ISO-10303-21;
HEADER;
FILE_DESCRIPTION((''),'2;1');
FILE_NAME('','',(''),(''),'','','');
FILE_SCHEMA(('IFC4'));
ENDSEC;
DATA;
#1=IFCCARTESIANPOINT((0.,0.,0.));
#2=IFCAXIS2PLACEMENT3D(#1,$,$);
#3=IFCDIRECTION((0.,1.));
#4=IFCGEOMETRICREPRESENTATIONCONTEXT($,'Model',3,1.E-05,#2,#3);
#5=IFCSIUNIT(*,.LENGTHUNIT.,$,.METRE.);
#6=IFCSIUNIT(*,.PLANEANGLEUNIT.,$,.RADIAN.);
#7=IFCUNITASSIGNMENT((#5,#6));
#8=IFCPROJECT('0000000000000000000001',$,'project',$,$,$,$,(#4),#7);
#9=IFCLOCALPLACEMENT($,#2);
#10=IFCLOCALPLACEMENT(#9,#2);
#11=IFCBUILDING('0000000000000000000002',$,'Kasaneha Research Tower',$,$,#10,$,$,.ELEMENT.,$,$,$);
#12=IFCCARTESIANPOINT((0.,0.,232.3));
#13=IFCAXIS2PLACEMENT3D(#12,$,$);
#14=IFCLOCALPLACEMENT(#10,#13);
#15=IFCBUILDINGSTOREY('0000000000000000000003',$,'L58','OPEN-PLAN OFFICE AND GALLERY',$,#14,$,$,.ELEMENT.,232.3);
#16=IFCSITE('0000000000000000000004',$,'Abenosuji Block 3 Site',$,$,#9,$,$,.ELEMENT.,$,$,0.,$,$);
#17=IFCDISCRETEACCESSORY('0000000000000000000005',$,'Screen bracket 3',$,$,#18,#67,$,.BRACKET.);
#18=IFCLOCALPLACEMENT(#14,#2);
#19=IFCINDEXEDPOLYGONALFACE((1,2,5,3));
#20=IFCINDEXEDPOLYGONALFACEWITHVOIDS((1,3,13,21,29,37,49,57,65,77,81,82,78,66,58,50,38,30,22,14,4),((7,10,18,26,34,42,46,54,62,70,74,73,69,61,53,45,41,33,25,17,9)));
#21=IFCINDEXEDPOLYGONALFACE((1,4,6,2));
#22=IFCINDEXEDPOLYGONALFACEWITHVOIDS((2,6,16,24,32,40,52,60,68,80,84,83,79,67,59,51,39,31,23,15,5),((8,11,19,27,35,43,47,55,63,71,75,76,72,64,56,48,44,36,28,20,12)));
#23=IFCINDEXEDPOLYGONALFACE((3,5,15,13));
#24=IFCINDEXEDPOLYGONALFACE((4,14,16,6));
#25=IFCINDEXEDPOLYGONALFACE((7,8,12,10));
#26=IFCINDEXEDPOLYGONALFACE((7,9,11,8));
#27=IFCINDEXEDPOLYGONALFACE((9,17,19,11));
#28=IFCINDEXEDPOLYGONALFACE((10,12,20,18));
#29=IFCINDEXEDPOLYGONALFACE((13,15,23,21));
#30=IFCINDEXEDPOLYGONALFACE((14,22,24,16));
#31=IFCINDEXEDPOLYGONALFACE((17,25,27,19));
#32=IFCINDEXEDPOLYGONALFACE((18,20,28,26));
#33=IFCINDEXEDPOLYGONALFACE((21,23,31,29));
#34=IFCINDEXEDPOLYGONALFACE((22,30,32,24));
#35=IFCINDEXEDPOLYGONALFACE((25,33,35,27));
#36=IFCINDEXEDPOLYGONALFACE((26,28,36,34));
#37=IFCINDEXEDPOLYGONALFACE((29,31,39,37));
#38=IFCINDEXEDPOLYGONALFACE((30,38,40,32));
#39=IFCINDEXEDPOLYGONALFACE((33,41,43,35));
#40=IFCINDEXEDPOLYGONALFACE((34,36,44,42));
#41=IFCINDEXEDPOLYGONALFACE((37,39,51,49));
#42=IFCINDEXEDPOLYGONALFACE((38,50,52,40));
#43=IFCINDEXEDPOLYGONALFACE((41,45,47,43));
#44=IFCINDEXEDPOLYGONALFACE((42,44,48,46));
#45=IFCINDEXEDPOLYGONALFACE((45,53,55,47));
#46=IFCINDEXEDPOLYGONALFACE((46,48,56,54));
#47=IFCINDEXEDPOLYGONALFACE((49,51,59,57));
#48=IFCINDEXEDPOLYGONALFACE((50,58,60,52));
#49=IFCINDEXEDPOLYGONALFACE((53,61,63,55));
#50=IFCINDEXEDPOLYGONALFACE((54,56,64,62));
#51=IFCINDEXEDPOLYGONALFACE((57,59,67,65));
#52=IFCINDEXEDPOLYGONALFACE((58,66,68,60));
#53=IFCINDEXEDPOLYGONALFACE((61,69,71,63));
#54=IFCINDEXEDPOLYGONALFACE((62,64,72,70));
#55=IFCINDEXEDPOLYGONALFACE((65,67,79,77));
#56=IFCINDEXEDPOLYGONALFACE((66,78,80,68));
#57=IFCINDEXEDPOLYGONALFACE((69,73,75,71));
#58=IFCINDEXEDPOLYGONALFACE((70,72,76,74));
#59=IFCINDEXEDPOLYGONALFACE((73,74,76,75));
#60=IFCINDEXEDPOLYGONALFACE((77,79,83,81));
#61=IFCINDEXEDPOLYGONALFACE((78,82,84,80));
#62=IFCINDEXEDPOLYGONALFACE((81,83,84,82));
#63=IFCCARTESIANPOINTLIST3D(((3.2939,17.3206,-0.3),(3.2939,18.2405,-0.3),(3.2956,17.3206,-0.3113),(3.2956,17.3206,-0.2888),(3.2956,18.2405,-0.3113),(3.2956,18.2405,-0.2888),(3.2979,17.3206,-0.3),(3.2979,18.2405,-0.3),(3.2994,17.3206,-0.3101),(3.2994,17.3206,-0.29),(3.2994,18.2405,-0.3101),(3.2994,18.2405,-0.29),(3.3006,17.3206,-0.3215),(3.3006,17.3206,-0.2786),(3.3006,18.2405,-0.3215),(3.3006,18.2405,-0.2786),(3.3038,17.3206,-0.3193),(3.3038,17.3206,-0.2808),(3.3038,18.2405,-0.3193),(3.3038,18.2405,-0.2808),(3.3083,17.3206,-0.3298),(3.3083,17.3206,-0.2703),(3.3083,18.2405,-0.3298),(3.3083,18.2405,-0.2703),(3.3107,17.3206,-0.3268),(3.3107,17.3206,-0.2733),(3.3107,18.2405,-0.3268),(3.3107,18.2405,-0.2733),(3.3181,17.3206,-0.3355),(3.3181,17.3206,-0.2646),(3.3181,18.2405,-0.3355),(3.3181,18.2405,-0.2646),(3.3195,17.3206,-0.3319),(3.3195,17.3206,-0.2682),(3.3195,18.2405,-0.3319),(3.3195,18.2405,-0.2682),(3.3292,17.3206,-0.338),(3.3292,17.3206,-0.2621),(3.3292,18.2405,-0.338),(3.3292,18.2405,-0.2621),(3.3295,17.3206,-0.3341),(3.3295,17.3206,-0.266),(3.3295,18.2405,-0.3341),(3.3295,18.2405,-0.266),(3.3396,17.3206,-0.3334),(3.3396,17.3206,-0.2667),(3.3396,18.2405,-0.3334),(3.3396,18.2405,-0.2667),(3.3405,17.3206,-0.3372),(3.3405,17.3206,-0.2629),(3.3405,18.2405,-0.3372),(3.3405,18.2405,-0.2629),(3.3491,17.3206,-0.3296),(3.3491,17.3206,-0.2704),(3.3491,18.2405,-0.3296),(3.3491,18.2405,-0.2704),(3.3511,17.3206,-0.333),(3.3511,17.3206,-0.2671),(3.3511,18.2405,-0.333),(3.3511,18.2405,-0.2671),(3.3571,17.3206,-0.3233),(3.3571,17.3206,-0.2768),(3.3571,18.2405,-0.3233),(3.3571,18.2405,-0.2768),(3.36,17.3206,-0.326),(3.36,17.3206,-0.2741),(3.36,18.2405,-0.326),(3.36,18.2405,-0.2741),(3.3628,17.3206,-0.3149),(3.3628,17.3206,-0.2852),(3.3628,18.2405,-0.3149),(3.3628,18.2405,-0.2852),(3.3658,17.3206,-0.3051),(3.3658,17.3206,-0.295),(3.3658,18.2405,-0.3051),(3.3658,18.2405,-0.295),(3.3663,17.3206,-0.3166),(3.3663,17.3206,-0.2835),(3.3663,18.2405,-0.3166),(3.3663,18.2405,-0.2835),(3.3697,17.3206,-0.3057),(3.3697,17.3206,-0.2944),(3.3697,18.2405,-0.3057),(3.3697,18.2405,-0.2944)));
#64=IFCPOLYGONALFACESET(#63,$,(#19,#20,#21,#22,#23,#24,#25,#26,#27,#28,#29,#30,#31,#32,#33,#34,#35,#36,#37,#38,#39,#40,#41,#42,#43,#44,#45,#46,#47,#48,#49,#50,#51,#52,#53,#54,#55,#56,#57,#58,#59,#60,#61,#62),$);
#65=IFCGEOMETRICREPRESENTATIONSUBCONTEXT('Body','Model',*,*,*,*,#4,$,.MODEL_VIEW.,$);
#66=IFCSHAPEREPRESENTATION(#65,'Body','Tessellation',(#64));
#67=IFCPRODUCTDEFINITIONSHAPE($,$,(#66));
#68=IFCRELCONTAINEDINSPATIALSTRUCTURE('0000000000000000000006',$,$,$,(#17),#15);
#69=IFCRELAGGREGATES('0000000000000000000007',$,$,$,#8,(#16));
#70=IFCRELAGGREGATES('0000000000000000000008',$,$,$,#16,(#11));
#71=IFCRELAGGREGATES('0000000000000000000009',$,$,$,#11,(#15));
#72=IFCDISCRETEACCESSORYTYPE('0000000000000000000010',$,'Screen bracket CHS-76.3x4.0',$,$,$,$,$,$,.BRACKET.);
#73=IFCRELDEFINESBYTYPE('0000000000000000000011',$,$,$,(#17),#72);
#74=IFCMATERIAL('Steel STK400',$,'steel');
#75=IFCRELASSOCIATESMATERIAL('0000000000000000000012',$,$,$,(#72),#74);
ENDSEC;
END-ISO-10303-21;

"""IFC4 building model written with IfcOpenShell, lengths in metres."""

from ifc_helpers import new_model, si_unit, direction, frame, origin, origin_2d, place, context, subcontext, project, spatial, hollow_circle, extrude, material, material_profile, profile_set, type_object, element, save


model = new_model("IFC4")

# Units and contexts
model_context = context("Model", 3, precision=1e-05, world=origin(), true_north=direction((0.0, 1.0)))
body_context = subcontext(model_context, "Body", "Model", "MODEL_VIEW")
ifc_project = project(units=[si_unit("LENGTHUNIT", "METRE"), si_unit("PLANEANGLEUNIT", "RADIAN")], contexts=[model_context])

# Site, building, storey
site_placement = place(None, origin())
site = spatial("IfcSite", under=ifc_project, at=site_placement, Name="Abenosuji Block 3 Site", CompositionType="ELEMENT", RefElevation=0.0)
building_placement = place(site_placement, origin())
building = spatial("IfcBuilding", under=site, at=building_placement, Name="Kasaneha Research Tower", CompositionType="ELEMENT")
storey_placement = place(building_placement, frame((0.0, 0.0, 232.3)))
storey = spatial("IfcBuildingStorey", under=building, at=storey_placement, Name="L58", Description="OPEN-PLAN OFFICE AND GALLERY", CompositionType="ELEMENT", Elevation=232.3)

# Discrete accessory
ifc_material_1 = material(Name="Steel STK400", Category="steel")
ifc_material_profile_1 = material_profile(ifc_material_1, hollow_circle(Radius=0.0381, WallThickness=0.0039, at=origin_2d()), Name="CHS-76.3x4.0")
ifc_profile_set_1 = profile_set([ifc_material_profile_1], Name="Steel STK400")
discrete_accessory_type = type_object("IfcDiscreteAccessoryType", Name="Screen bracket CHS-76.3x4.0", PredefinedType="BRACKET", material=ifc_profile_set_1)
for number, where, z_axis, x_axis, name in (
    (1, (3.332, 17.3206, -0.3), (0.0, 1.0, 0.0), (-1.0, 0.0, 0.0), "Screen bracket 3"),
):
    element("IfcDiscreteAccessory", number, at=place(storey_placement, frame(where, z_axis=z_axis, x_axis=x_axis)), inside=storey, type_object=discrete_accessory_type, Name=name, PredefinedType="BRACKET", context=body_context, shape_type="SweptSolid", body=[
        extrude(hollow_circle(Radius=0.0381, WallThickness=0.0039, at=origin_2d()), origin(), (0.0, 0.0, 1.0), 0.9199),
    ])

save(model, "model.ifc")
